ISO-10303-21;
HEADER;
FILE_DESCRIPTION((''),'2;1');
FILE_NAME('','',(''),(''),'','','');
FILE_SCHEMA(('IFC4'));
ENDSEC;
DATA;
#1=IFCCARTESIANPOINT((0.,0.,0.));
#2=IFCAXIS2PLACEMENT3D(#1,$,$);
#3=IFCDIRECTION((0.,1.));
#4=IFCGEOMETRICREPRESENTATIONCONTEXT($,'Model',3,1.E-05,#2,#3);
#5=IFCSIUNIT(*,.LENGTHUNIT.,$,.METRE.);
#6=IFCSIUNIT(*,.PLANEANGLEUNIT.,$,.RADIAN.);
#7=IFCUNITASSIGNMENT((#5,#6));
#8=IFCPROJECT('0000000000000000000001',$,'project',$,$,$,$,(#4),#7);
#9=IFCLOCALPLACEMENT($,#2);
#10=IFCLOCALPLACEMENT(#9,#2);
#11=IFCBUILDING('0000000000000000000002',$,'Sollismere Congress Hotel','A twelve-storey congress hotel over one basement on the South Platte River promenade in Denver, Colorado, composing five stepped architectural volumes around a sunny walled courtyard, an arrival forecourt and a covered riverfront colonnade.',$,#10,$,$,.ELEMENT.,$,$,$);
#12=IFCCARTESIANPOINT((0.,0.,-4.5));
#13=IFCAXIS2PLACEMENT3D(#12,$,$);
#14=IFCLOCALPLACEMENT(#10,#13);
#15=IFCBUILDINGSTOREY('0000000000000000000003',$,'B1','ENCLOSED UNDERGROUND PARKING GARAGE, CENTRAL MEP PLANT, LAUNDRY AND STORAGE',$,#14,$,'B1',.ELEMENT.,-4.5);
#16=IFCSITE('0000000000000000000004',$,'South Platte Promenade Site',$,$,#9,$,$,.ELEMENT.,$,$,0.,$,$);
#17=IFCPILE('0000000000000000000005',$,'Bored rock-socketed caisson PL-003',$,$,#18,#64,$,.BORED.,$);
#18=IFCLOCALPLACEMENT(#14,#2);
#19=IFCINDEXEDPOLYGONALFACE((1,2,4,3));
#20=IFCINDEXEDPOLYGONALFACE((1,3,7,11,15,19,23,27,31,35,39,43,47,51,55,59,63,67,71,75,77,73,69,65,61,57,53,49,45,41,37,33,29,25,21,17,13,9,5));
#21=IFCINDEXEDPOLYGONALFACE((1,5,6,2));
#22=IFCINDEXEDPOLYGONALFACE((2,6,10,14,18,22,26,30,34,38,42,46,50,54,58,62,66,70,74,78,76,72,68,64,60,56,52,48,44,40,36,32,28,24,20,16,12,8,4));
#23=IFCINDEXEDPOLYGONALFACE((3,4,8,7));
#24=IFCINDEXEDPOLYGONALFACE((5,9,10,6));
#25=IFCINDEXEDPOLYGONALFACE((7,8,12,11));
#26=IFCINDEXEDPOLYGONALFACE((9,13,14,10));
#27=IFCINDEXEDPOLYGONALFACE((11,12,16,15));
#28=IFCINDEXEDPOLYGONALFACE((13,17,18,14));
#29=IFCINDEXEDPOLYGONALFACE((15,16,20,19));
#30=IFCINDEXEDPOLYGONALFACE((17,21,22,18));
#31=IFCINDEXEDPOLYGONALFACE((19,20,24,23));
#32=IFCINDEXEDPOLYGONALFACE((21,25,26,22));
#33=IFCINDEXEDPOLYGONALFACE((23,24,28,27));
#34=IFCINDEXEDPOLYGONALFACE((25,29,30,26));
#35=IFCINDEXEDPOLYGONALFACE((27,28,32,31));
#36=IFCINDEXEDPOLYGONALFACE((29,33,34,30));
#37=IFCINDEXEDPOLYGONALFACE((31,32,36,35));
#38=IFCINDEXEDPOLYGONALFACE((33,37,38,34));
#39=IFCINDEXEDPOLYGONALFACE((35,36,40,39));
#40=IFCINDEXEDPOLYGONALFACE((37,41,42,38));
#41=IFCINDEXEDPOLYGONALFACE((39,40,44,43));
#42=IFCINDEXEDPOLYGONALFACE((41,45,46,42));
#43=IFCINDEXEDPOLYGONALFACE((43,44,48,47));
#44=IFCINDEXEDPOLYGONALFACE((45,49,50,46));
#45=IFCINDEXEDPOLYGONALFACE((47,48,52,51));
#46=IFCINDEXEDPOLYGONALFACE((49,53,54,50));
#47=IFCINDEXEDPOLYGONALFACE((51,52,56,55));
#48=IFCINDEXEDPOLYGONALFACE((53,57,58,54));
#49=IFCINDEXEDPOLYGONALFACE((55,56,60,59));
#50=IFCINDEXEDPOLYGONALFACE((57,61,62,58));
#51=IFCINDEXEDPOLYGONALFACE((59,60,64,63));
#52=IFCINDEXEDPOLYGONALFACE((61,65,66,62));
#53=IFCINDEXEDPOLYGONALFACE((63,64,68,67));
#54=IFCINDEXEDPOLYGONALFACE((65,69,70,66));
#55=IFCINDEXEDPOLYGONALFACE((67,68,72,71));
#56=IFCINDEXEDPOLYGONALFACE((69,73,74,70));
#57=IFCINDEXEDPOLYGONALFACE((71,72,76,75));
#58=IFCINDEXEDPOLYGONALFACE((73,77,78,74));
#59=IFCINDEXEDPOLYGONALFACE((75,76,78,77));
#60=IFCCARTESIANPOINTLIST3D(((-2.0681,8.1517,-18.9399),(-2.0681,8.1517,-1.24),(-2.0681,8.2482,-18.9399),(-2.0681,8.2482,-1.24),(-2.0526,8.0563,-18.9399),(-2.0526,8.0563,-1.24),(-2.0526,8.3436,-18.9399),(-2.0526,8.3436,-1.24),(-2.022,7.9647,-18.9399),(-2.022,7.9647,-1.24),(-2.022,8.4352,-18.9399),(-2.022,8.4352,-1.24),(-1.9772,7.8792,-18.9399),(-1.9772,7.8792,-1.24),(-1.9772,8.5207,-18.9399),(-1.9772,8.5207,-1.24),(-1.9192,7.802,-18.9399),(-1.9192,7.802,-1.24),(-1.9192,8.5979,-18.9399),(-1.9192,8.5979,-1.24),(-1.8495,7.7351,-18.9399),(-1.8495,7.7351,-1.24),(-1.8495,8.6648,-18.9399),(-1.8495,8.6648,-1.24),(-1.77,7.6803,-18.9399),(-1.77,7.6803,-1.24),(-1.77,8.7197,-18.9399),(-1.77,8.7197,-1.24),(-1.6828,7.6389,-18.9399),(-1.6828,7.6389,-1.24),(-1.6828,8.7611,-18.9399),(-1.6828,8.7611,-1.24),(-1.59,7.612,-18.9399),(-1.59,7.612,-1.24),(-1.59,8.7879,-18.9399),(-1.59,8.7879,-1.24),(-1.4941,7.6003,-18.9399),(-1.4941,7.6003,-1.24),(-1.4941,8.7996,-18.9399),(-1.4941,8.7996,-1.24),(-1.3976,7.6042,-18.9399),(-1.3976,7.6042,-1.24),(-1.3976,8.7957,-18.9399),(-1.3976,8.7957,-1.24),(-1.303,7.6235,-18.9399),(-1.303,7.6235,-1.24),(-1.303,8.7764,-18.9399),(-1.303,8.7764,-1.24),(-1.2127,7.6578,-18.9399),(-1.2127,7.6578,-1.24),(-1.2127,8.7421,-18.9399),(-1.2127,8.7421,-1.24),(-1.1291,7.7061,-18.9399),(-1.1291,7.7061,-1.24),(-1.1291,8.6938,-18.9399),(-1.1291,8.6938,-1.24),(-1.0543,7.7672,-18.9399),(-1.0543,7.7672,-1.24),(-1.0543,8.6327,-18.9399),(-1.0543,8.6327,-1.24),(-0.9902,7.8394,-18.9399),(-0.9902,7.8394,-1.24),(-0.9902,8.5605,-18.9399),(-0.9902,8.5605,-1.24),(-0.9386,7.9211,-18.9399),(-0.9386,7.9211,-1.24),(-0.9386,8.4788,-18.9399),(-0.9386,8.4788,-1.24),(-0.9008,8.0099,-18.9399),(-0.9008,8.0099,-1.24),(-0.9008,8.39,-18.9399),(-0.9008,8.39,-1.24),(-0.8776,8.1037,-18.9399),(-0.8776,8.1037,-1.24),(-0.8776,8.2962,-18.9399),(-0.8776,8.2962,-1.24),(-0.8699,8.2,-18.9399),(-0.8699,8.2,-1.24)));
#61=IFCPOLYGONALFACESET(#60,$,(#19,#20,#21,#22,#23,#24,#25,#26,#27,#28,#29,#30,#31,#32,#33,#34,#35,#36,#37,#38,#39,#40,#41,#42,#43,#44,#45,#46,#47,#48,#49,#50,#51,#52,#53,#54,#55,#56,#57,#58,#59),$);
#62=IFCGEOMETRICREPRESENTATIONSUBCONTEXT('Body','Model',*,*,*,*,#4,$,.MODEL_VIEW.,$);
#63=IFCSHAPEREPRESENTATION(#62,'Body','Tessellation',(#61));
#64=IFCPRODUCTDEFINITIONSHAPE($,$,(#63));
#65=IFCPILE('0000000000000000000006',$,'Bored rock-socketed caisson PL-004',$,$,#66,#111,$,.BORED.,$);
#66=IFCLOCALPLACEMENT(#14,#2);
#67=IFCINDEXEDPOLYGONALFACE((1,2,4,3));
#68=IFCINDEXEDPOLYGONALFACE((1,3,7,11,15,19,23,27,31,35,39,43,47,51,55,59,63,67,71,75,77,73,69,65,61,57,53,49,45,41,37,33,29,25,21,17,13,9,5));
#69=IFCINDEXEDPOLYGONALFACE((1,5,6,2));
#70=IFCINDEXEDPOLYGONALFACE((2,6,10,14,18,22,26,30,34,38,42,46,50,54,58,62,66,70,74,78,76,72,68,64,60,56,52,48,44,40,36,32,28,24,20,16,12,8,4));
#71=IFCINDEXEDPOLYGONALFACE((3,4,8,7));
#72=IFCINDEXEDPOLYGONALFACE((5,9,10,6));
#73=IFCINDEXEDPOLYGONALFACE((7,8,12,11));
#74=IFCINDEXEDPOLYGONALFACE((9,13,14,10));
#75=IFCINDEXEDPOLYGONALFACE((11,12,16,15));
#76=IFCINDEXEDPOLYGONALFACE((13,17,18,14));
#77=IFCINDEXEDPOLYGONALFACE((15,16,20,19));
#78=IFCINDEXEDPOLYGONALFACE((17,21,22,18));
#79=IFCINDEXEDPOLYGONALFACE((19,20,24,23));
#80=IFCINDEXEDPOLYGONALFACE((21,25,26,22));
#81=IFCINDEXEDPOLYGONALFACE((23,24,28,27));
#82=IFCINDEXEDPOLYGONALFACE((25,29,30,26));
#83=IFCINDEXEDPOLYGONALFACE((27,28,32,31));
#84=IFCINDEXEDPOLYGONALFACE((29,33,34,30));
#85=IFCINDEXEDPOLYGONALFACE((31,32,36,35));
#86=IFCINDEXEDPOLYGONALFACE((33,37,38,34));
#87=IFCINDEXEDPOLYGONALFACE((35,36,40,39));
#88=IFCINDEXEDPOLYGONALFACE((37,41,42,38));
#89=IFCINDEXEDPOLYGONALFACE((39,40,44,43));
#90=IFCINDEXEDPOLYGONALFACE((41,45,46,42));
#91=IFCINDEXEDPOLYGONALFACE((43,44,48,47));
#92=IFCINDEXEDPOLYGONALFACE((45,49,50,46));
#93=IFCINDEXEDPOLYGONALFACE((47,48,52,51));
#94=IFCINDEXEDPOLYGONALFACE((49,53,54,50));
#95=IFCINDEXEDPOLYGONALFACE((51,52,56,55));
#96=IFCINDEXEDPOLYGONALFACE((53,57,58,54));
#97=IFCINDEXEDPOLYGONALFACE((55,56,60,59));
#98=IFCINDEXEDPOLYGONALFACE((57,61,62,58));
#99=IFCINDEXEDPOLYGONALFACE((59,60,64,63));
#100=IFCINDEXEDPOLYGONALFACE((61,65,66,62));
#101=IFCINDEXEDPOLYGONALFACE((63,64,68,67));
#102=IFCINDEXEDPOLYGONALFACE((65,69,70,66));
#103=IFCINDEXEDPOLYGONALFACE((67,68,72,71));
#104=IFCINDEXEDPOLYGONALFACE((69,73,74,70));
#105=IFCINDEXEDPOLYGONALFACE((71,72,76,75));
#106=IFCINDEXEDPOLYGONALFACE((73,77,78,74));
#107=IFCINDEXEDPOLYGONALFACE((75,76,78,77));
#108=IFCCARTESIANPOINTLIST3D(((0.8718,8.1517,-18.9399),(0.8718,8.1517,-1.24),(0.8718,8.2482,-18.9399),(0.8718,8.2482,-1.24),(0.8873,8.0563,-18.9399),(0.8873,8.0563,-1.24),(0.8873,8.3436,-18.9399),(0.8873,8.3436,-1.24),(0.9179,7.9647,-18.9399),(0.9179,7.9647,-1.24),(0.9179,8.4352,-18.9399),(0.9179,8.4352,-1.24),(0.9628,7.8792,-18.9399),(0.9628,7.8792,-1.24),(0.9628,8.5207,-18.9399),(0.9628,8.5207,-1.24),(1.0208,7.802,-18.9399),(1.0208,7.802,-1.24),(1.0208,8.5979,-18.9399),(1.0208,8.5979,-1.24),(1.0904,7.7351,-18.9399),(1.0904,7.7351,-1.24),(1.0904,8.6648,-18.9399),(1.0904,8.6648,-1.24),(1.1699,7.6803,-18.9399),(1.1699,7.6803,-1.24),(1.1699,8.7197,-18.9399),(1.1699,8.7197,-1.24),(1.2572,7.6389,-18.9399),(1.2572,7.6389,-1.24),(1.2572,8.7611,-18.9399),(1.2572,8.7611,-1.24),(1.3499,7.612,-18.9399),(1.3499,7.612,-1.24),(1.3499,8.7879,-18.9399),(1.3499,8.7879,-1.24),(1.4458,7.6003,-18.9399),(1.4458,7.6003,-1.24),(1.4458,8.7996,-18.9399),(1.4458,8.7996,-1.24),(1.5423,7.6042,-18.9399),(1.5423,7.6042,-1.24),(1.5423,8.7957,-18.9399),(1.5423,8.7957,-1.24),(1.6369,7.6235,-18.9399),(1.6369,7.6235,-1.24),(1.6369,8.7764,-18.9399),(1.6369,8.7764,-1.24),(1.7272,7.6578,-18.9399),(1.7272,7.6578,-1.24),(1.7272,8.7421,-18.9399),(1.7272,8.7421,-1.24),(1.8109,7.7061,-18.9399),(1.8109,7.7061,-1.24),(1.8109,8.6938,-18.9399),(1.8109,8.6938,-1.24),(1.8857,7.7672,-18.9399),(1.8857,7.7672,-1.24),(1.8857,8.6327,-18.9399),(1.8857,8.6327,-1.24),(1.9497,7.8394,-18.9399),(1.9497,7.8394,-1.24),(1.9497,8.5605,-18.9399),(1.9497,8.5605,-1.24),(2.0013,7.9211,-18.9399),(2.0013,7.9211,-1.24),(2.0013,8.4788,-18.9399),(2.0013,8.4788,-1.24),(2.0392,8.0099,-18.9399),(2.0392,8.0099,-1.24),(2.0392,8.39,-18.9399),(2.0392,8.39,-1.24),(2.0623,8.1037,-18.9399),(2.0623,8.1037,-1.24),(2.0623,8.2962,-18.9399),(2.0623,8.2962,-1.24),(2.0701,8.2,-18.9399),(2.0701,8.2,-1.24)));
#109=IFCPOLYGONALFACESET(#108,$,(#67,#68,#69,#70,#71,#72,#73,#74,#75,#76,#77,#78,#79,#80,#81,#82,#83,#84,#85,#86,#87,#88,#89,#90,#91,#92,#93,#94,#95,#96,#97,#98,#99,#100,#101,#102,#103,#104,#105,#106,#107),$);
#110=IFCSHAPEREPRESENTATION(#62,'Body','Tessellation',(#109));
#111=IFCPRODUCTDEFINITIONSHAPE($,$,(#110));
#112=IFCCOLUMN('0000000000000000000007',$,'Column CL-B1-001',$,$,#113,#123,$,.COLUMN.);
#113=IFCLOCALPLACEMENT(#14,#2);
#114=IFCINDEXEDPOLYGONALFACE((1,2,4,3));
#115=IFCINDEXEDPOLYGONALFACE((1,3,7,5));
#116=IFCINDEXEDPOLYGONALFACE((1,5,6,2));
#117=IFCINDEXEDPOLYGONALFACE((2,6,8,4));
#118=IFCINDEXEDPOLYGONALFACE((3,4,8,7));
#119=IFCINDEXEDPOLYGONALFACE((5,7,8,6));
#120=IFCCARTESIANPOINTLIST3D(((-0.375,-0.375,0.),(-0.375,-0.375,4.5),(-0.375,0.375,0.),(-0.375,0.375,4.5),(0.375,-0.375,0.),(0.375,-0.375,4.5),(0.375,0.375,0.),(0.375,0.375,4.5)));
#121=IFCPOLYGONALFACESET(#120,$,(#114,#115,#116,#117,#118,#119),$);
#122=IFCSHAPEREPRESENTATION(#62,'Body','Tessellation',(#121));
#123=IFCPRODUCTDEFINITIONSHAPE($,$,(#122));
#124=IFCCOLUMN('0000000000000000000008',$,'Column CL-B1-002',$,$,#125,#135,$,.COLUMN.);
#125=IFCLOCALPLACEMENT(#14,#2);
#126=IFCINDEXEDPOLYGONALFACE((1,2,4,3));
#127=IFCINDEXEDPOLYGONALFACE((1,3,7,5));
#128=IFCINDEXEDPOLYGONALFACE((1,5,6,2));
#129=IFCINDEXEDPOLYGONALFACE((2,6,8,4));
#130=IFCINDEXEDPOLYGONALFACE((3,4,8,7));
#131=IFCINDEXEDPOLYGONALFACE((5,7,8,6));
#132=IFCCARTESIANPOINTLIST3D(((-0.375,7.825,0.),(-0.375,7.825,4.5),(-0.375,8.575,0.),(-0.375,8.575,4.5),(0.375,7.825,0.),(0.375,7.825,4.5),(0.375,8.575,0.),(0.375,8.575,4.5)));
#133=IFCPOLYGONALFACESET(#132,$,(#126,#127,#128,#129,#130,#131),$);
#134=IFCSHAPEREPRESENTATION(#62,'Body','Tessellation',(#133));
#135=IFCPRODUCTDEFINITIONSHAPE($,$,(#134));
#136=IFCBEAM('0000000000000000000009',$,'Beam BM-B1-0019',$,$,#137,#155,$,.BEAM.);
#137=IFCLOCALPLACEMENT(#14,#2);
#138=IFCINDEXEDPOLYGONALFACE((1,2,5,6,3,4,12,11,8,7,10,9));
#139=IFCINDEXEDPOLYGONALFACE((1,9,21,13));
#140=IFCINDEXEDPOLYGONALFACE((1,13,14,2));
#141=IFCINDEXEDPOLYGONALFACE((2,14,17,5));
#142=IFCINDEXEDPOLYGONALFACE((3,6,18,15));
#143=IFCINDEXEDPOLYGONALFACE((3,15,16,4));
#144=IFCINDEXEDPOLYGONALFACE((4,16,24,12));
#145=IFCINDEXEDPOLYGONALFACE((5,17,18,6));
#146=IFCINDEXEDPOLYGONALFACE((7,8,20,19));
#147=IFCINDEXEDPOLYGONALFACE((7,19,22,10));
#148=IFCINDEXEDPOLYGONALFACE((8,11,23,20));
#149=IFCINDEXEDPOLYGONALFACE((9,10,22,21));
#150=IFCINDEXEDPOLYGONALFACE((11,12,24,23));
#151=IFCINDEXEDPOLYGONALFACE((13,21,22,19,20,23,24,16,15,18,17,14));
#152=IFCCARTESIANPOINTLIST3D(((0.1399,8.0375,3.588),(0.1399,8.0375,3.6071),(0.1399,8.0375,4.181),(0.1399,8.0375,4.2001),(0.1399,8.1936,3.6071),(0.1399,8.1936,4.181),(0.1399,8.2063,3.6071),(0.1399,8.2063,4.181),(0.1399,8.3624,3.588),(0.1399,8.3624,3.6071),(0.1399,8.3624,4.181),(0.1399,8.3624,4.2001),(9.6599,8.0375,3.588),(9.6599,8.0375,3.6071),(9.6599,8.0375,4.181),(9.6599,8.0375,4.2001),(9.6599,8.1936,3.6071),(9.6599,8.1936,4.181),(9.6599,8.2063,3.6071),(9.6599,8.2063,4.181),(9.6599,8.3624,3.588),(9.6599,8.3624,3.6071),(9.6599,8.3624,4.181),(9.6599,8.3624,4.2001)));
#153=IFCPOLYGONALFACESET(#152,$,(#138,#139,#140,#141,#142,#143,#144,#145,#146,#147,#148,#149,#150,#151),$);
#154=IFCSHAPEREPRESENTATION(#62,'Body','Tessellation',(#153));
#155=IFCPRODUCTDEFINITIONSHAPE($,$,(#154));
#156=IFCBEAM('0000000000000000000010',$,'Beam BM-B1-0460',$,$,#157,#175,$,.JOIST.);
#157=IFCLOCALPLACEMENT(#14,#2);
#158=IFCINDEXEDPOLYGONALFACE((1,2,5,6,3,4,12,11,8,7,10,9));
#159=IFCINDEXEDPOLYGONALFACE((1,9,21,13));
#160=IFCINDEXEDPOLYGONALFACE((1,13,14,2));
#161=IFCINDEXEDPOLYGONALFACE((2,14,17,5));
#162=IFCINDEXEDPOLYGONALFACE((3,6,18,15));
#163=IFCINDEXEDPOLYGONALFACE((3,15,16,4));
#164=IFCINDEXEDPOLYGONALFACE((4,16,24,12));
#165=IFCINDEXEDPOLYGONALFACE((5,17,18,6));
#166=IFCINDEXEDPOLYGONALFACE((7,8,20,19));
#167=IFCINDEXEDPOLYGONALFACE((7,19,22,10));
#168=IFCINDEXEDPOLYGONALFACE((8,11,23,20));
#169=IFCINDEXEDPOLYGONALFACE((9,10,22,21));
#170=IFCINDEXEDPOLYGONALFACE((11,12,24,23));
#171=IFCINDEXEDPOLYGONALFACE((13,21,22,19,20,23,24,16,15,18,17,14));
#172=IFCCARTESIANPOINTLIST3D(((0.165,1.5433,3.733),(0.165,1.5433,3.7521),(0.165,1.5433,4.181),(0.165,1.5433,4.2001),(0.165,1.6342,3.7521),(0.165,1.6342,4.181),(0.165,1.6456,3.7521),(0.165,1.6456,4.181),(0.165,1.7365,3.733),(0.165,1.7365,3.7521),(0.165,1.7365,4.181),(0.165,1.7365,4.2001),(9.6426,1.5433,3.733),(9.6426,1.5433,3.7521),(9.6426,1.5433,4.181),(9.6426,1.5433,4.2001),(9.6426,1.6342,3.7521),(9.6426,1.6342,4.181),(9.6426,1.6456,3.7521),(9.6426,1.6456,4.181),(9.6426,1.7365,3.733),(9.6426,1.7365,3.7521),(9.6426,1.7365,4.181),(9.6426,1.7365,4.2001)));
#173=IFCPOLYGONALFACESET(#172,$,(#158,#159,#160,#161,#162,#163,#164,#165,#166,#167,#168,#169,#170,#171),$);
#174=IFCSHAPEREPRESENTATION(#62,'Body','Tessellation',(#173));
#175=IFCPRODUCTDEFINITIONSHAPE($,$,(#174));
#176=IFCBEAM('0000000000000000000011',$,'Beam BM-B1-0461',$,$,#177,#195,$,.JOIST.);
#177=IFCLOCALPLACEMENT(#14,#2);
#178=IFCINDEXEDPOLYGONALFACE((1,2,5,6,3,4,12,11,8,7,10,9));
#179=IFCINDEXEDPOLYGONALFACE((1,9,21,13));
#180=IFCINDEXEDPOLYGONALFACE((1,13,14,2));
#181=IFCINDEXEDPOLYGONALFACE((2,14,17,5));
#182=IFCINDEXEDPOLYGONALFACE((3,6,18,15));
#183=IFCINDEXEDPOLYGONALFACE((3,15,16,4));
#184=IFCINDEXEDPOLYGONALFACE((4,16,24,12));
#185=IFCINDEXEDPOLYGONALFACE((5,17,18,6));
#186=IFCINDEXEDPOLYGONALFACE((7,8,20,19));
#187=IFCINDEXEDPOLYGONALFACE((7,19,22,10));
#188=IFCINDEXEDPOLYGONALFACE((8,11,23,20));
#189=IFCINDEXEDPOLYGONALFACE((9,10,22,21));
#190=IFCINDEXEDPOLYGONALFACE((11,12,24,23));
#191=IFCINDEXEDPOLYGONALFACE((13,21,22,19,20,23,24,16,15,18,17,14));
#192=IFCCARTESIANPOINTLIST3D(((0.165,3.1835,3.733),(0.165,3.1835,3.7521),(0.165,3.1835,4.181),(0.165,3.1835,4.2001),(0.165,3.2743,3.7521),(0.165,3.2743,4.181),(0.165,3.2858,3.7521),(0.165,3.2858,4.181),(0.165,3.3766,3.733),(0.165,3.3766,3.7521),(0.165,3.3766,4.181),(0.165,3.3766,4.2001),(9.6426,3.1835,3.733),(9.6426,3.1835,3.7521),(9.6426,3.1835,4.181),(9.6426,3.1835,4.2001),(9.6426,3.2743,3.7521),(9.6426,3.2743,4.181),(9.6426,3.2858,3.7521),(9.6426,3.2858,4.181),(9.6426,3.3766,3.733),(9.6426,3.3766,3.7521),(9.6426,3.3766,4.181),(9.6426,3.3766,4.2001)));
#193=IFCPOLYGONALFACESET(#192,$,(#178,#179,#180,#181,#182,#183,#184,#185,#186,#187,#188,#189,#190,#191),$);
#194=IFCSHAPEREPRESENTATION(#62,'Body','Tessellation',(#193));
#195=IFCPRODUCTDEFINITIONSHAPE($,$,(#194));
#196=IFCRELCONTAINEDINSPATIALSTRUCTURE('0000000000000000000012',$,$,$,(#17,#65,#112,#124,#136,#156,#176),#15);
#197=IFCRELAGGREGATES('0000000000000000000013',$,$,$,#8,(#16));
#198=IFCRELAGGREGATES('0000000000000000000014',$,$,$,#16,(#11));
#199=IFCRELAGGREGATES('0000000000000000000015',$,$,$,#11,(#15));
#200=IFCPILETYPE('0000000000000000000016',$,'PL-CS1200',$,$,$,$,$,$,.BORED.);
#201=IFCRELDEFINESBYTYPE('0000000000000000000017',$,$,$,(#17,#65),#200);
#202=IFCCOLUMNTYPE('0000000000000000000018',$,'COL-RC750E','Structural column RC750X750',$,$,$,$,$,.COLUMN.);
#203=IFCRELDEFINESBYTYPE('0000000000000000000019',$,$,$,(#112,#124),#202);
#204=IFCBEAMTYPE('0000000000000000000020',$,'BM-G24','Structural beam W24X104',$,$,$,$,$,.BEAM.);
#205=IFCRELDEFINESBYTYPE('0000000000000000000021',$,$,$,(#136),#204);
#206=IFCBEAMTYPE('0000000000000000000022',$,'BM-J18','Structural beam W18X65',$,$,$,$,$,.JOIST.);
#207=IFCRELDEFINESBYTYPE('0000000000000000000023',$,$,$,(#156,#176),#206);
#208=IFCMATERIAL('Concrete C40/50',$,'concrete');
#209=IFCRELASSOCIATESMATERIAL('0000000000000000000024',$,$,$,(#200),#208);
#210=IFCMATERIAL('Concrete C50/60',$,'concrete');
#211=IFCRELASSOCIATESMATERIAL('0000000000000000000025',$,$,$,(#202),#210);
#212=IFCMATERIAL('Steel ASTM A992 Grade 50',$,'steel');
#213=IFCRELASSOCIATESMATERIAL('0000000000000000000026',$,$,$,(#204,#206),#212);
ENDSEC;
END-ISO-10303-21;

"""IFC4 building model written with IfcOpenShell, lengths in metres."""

from ifc_helpers import new_model, si_unit, direction, frame, origin, origin_2d, place, context, subcontext, project, spatial, rectangle, circle, i_section, extrude, material, material_profile, profile_set, type_object, element, save


model = new_model("IFC4")

# Units and contexts
model_context = context("Model", 3, precision=1e-05, world=origin(), true_north=direction((0.0, 1.0)))
body_context = subcontext(model_context, "Body", "Model", "MODEL_VIEW")
ifc_project = project(units=[si_unit("LENGTHUNIT", "METRE"), si_unit("PLANEANGLEUNIT", "RADIAN")], contexts=[model_context])

# Site, building, storey
site_placement = place(None, origin())
site = spatial("IfcSite", under=ifc_project, at=site_placement, Name="South Platte Promenade Site", CompositionType="ELEMENT", RefElevation=0.0)
building_placement = place(site_placement, origin())
building = spatial("IfcBuilding", under=site, at=building_placement, Name="Sollismere Congress Hotel", Description="A twelve-storey congress hotel over one basement on the South Platte River promenade in Denver, Colorado, composing five stepped architectural volumes around a sunny walled courtyard, an arrival forecourt and a covered riverfront colonnade.", CompositionType="ELEMENT")
storey_placement = place(building_placement, frame((0.0, 0.0, -4.5)))
storey = spatial("IfcBuildingStorey", under=building, at=storey_placement, Name="B1", Description="ENCLOSED UNDERGROUND PARKING GARAGE, CENTRAL MEP PLANT, LAUNDRY AND STORAGE", LongName="B1", CompositionType="ELEMENT", Elevation=-4.5)

# Shared definitions
ifc_material_1 = material(Name="Concrete C40/50", Category="concrete")

# Piles
ifc_material_profile_1 = material_profile(ifc_material_1, circle(Radius=0.6001, at=origin_2d()), Name="CAISSON1200")
ifc_profile_set_1 = profile_set([ifc_material_profile_1], Name="Concrete C40/50")
pile_type = type_object("IfcPileType", Name="PL-CS1200", PredefinedType="BORED", material=ifc_profile_set_1)
for number, where, z_axis, x_axis, name in (
    (1, (-1.47, 8.2, -1.24), (0.0, 0.0, -1.0), (1.0, 0.0, 0.0), "Bored rock-socketed caisson PL-003"),
    (2, (1.47, 8.2, -1.24), (0.0, 0.0, -1.0), (1.0, 0.0, 0.0), "Bored rock-socketed caisson PL-004"),
):
    element("IfcPile", number, at=place(storey_placement, frame(where, z_axis=z_axis, x_axis=x_axis)), inside=storey, type_object=pile_type, Name=name, PredefinedType="BORED", context=body_context, shape_type="SweptSolid", body=[
        extrude(circle(Radius=0.6001, at=origin_2d()), origin(), (0.0, 0.0, 1.0), 17.7),
    ])

# Columns
ifc_material_2 = material(Name="Concrete C50/60", Category="concrete")
ifc_material_profile_2 = material_profile(ifc_material_2, rectangle(XDim=0.75, YDim=0.75, at=origin_2d()), Name="RC750X750")
ifc_profile_set_2 = profile_set([ifc_material_profile_2], Name="Concrete C50/60")
column_type = type_object("IfcColumnType", Name="COL-RC750E", Description="Structural column RC750X750", PredefinedType="COLUMN", material=ifc_profile_set_2)
for number, where, z_axis, x_axis, name in (
    (3, (0.0, 0.0, 0.0), (0.0, 0.0, 1.0), (1.0, 0.0, 0.0), "Column CL-B1-001"),
    (4, (0.0, 8.2, 0.0), (0.0, 0.0, 1.0), (1.0, 0.0, 0.0), "Column CL-B1-002"),
):
    element("IfcColumn", number, at=place(storey_placement, frame(where, z_axis=z_axis, x_axis=x_axis)), inside=storey, type_object=column_type, Name=name, PredefinedType="COLUMN", context=body_context, shape_type="SweptSolid", body=[
        extrude(rectangle(XDim=0.75, YDim=0.75, at=origin_2d()), origin(), (0.0, 0.0, 1.0), 4.5),
    ])

# Beams
ifc_material_3 = material(Name="Steel ASTM A992 Grade 50", Category="steel")
ifc_material_profile_3 = material_profile(ifc_material_3, i_section(OverallWidth=0.325, OverallDepth=0.6121, WebThickness=0.0127, FlangeThickness=0.019, at=origin_2d()), Name="W24X104")
ifc_profile_set_3 = profile_set([ifc_material_profile_3], Name="Steel ASTM A992 Grade 50")
beam_type_1 = type_object("IfcBeamType", Name="BM-G24", Description="Structural beam W24X104", PredefinedType="BEAM", material=ifc_profile_set_3)
beam_1_placement = place(storey_placement, frame((0.1399, 8.2, 3.894), z_axis=(1.0, 0.0, 0.0), x_axis=(0.0, 1.0, 0.0)))
element("IfcBeam", 5, at=beam_1_placement, inside=storey, type_object=beam_type_1, Name="Beam BM-B1-0019", PredefinedType="BEAM", context=body_context, shape_type="SweptSolid", body=[
    extrude(i_section(OverallWidth=0.325, OverallDepth=0.6121, WebThickness=0.0127, FlangeThickness=0.019, at=origin_2d()), origin(), (0.0, 0.0, 1.0), 9.52),
])
ifc_material_profile_4 = material_profile(ifc_material_3, i_section(OverallWidth=0.1931, OverallDepth=0.467, WebThickness=0.0115, FlangeThickness=0.019, at=origin_2d()), Name="W18X65")
ifc_profile_set_4 = profile_set([ifc_material_profile_4], Name="Steel ASTM A992 Grade 50")
beam_type_2 = type_object("IfcBeamType", Name="BM-J18", Description="Structural beam W18X65", PredefinedType="JOIST", material=ifc_profile_set_4)
for number, where, z_axis, x_axis, name in (
    (6, (0.165, 1.6399, 3.9666), (1.0, 0.0, 0.0), (0.0, 1.0, 0.0), "Beam BM-B1-0460"),
    (7, (0.165, 3.28, 3.9666), (1.0, 0.0, 0.0), (0.0, 1.0, 0.0), "Beam BM-B1-0461"),
):
    element("IfcBeam", number, at=place(storey_placement, frame(where, z_axis=z_axis, x_axis=x_axis)), inside=storey, type_object=beam_type_2, Name=name, PredefinedType="JOIST", context=body_context, shape_type="SweptSolid", body=[
        extrude(i_section(OverallWidth=0.1931, OverallDepth=0.467, WebThickness=0.0115, FlangeThickness=0.019, at=origin_2d()), origin(), (0.0, 0.0, 1.0), 9.4775),
    ])

save(model, "model.ifc")
